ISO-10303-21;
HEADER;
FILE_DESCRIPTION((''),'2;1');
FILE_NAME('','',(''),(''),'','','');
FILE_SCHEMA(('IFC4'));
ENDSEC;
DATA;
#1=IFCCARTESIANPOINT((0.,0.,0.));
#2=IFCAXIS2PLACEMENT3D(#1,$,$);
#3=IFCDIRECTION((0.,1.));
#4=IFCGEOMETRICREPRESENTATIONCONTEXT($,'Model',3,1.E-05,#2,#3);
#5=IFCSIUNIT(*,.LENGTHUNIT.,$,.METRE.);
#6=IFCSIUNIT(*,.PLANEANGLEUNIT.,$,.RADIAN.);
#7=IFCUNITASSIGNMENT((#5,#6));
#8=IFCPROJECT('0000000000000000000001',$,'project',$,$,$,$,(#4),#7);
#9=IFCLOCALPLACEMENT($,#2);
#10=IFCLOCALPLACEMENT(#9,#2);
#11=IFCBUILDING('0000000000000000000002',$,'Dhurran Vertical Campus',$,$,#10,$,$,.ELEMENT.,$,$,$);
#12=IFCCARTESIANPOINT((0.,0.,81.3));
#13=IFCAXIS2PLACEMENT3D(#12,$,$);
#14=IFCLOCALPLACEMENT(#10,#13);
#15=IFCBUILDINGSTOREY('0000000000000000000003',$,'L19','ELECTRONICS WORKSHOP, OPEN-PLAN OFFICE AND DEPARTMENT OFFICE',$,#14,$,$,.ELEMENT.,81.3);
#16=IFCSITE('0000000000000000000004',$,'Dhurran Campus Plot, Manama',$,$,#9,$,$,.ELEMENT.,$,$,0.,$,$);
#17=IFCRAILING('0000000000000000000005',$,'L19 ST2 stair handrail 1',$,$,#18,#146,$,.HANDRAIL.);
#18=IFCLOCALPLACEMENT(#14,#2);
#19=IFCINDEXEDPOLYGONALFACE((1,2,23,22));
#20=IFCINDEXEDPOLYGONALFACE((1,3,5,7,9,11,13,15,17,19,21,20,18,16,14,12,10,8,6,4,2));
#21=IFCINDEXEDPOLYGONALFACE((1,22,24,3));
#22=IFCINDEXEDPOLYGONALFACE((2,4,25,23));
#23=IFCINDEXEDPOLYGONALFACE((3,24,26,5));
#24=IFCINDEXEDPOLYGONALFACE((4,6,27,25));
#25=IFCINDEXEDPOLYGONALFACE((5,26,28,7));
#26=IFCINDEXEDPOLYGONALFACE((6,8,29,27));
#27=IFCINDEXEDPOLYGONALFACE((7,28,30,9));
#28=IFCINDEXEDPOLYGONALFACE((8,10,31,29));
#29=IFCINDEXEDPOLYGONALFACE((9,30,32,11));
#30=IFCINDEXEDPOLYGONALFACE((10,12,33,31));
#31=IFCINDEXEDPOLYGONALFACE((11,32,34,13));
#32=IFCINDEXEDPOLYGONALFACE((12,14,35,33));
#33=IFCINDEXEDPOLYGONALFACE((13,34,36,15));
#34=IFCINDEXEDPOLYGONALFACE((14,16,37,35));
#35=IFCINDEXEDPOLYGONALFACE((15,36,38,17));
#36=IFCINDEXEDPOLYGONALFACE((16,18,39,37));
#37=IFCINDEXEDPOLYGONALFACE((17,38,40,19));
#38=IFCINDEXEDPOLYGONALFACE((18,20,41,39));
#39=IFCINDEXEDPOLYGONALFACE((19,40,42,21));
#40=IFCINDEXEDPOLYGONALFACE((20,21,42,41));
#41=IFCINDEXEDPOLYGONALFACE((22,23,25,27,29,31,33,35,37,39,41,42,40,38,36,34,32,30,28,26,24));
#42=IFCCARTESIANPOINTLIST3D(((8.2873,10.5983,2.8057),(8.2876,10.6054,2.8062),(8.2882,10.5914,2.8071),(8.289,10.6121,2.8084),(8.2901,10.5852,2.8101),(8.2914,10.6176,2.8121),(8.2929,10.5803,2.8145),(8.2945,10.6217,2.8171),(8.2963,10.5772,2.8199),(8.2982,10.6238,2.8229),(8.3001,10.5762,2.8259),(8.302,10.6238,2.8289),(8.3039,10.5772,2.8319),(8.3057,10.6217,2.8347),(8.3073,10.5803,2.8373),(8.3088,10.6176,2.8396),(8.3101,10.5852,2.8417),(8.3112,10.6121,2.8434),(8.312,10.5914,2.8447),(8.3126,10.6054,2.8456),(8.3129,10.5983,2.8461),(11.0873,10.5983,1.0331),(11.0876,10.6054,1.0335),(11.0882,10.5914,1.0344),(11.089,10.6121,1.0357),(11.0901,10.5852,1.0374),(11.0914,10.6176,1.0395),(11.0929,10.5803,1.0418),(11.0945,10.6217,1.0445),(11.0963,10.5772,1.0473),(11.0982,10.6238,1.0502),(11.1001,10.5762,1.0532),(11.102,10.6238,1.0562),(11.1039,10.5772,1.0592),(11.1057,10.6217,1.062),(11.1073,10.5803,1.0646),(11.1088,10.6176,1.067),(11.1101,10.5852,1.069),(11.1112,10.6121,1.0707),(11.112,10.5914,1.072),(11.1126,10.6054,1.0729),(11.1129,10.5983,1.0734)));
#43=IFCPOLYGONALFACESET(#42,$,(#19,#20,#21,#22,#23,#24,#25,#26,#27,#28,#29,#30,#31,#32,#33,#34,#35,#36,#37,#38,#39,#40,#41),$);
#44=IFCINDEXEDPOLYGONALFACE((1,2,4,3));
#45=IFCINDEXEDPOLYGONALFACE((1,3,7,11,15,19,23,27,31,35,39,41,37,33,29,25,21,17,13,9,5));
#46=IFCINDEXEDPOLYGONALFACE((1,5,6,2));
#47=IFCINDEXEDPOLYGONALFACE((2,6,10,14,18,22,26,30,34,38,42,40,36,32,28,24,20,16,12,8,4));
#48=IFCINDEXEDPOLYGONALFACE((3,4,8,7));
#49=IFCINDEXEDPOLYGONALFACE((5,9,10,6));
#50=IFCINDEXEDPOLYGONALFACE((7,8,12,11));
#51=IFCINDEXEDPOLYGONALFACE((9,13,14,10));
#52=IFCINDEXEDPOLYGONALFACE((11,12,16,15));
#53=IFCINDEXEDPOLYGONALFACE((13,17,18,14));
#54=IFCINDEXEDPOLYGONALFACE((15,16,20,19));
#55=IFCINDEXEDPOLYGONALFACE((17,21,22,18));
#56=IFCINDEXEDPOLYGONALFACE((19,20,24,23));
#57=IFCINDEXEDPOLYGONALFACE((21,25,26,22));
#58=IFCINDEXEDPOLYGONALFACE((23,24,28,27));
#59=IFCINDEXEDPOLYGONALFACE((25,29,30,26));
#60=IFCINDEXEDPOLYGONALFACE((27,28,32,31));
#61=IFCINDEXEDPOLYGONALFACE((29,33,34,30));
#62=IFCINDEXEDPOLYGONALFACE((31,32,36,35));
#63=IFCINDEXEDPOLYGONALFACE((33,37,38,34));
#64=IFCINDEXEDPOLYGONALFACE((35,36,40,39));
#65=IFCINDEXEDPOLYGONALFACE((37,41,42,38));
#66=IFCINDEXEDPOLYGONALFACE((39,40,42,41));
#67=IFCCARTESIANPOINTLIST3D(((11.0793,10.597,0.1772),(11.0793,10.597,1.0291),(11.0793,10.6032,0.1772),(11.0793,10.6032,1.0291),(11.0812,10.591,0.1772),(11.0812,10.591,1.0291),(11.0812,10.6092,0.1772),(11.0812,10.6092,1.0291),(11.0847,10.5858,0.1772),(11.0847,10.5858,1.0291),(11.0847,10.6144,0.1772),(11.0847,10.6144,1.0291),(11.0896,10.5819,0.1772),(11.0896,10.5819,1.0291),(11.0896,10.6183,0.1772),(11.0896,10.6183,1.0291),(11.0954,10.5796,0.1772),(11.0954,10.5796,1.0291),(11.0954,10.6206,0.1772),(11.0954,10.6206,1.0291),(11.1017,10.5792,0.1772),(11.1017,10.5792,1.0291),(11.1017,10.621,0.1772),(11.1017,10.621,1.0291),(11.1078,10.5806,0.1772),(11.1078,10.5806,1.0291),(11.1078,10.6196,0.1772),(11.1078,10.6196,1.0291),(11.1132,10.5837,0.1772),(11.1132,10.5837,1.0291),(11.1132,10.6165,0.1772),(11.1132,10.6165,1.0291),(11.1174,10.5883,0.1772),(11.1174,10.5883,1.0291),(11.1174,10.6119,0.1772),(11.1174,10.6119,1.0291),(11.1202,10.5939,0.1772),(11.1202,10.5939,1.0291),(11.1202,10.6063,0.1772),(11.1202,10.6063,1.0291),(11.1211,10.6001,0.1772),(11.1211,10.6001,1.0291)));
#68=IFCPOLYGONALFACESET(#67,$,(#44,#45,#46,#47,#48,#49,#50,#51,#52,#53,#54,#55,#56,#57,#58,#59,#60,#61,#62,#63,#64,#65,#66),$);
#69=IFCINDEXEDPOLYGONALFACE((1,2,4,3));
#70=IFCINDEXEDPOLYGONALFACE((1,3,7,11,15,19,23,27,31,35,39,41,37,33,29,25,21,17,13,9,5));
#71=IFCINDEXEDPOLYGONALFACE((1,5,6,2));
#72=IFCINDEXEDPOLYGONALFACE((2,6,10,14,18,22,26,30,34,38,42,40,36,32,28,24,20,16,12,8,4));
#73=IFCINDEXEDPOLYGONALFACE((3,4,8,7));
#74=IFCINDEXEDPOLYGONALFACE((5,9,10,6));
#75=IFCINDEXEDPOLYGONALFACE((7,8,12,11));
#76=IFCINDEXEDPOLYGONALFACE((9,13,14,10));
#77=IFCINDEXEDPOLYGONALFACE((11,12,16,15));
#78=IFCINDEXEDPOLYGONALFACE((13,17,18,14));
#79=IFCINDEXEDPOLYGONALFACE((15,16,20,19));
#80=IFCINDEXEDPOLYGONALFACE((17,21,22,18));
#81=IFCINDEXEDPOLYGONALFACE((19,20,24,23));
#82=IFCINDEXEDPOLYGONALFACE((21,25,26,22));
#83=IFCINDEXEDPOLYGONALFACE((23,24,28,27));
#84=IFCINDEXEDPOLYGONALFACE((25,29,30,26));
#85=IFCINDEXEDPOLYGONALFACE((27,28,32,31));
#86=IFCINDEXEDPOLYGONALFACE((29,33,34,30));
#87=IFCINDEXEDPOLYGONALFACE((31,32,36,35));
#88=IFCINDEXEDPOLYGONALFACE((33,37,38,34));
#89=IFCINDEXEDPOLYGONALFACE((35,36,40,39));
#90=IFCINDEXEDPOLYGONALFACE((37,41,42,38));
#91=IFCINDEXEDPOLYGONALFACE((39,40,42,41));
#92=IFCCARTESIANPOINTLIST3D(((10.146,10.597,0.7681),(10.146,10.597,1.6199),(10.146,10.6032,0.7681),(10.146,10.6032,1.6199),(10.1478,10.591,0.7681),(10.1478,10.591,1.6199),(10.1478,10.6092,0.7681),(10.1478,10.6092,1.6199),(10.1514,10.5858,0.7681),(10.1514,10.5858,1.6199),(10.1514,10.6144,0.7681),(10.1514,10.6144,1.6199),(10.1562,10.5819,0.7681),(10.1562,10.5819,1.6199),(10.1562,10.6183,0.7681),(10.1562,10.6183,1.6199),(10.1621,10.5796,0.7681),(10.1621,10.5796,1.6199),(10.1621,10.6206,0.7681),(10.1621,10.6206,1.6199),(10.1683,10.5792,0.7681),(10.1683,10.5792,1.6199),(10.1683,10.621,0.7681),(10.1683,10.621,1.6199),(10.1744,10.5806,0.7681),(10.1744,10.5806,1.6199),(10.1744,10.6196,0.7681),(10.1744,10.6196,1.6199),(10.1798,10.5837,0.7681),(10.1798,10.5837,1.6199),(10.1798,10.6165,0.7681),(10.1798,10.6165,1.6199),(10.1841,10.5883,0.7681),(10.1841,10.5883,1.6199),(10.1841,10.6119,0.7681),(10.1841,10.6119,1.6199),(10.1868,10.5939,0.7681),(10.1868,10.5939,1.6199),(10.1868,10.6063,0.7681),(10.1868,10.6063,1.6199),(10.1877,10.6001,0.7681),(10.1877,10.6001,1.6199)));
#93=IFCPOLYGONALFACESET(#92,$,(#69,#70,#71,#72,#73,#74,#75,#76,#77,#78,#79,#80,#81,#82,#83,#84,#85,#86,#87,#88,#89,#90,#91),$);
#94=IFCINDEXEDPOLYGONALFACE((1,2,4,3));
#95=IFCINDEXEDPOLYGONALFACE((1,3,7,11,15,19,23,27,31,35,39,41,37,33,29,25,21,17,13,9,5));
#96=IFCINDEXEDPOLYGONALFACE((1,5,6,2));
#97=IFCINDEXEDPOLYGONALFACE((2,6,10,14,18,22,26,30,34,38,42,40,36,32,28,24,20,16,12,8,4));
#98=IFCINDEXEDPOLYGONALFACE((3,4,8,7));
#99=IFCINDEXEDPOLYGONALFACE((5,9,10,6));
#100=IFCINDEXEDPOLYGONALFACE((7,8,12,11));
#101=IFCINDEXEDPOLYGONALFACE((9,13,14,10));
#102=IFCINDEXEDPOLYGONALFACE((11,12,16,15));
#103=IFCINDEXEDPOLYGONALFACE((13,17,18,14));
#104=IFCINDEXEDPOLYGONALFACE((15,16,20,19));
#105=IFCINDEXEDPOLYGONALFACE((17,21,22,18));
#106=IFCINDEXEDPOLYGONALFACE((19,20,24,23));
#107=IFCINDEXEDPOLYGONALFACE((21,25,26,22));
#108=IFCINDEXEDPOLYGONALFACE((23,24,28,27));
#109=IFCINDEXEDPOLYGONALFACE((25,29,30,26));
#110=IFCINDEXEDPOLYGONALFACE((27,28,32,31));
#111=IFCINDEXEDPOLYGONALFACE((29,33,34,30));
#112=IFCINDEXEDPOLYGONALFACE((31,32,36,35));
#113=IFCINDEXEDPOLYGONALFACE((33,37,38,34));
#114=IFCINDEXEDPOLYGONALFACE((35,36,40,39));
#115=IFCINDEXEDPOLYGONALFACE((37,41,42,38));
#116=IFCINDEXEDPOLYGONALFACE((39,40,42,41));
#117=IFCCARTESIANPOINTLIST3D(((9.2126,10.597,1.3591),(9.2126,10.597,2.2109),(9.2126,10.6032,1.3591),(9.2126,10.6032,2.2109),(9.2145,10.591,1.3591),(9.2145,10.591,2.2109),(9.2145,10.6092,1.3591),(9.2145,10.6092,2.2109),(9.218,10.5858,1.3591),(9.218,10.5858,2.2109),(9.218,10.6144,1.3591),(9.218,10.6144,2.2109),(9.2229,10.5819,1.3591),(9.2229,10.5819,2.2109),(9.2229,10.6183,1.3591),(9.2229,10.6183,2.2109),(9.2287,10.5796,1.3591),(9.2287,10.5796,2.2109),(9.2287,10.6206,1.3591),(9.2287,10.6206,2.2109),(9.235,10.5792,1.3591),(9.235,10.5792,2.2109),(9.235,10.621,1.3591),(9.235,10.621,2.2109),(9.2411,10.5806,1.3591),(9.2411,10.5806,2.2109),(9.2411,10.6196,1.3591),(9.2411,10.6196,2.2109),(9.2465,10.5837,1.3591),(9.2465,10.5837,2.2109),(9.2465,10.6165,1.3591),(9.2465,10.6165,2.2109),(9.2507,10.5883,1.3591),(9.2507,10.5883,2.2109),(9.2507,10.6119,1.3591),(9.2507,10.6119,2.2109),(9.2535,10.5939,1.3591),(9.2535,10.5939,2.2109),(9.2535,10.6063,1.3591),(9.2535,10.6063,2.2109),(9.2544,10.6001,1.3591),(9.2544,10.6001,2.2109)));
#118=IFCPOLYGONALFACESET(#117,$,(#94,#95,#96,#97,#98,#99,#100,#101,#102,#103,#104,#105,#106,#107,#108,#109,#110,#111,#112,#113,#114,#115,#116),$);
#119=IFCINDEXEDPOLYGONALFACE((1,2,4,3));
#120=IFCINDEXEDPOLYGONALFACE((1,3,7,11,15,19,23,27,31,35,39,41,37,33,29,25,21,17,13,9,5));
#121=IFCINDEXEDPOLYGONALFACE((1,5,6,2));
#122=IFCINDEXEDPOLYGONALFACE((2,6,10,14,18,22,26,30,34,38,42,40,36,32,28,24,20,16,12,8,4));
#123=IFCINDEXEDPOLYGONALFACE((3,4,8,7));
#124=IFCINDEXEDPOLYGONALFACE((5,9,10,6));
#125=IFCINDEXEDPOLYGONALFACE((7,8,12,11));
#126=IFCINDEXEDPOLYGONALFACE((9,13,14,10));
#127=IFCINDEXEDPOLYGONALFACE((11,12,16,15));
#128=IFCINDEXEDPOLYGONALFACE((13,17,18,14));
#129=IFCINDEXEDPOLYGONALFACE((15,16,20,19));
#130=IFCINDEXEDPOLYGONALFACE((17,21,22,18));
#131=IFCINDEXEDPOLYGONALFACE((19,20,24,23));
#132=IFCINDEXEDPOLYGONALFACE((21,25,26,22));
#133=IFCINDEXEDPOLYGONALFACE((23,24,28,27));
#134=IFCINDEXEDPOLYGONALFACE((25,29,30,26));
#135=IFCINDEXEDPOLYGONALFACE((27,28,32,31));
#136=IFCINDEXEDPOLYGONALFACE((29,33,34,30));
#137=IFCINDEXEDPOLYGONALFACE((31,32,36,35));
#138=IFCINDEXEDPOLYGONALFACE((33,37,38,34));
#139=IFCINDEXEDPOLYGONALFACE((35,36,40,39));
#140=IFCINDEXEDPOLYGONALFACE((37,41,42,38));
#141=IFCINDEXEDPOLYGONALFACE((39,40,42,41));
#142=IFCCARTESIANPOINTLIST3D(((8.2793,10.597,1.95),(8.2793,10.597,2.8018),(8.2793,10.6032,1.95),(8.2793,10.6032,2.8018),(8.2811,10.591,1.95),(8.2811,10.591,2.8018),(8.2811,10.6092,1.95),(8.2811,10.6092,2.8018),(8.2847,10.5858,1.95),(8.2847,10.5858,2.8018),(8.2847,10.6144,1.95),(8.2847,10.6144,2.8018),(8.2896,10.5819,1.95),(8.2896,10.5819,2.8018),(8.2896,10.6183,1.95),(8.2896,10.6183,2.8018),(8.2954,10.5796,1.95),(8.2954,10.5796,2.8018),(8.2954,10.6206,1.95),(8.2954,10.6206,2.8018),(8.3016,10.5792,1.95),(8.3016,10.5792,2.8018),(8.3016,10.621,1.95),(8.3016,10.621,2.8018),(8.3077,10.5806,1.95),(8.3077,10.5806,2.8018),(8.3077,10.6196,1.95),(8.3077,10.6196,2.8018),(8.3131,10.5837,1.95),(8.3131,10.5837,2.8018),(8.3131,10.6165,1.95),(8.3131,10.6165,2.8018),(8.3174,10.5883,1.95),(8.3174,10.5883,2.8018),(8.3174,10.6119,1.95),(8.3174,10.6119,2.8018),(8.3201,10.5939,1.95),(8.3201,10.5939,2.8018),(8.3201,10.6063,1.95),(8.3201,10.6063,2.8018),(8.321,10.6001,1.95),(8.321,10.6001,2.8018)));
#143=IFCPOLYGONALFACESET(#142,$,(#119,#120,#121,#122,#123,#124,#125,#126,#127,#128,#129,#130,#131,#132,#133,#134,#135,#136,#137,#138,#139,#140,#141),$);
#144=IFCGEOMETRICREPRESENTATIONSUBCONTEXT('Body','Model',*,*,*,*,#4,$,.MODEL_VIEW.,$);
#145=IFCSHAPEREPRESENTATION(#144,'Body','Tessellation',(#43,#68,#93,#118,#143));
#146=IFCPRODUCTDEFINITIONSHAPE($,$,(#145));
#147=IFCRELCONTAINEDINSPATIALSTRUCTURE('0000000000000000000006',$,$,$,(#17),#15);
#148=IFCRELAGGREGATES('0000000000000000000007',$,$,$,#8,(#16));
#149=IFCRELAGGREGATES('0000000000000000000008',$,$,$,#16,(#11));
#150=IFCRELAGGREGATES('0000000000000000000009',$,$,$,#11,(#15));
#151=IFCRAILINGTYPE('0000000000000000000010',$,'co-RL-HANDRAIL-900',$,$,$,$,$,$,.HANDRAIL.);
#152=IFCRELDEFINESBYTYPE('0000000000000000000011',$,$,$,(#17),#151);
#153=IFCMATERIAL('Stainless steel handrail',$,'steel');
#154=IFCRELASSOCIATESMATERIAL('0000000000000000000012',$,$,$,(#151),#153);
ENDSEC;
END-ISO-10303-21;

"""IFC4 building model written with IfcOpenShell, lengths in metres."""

from ifc_helpers import new_model, si_unit, direction, frame, origin, origin_2d, place, context, subcontext, project, spatial, circle, extrude, material, type_object, element, save


model = new_model("IFC4")

# Units and contexts
model_context = context("Model", 3, precision=1e-05, world=origin(), true_north=direction((0.0, 1.0)))
body_context = subcontext(model_context, "Body", "Model", "MODEL_VIEW")
ifc_project = project(units=[si_unit("LENGTHUNIT", "METRE"), si_unit("PLANEANGLEUNIT", "RADIAN")], contexts=[model_context])

# Site, building, storey
site_placement = place(None, origin())
site = spatial("IfcSite", under=ifc_project, at=site_placement, Name="Dhurran Campus Plot, Manama", CompositionType="ELEMENT", RefElevation=0.0)
building_placement = place(site_placement, origin())
building = spatial("IfcBuilding", under=site, at=building_placement, Name="Dhurran Vertical Campus", CompositionType="ELEMENT")
storey_placement = place(building_placement, frame((0.0, 0.0, 81.3)))
storey = spatial("IfcBuildingStorey", under=building, at=storey_placement, Name="L19", Description="ELECTRONICS WORKSHOP, OPEN-PLAN OFFICE AND DEPARTMENT OFFICE", CompositionType="ELEMENT", Elevation=81.3)

# Railing
ifc_material_1 = material(Name="Stainless steel handrail", Category="steel")
railing_type_1 = type_object("IfcRailingType", Name="co-RL-HANDRAIL-900", PredefinedType="HANDRAIL", material=ifc_material_1)
railing_1_placement = place(storey_placement, frame((11.1001, 10.6001, 0.1772)))
element("IfcRailing", 1, at=railing_1_placement, inside=storey, type_object=railing_type_1, Name="L19 ST2 stair handrail 1", PredefinedType="HANDRAIL", context=body_context, shape_type="SweptSolid", body=[
    extrude(circle(Radius=0.0239, at=origin_2d()), frame((0.0, 0.0, 0.876), z_axis=(-0.844909, 0.0, 0.53491), x_axis=(0.0, -1.0, 0.0)), (0.0, 0.0, 1.0), 3.314),
    extrude(circle(Radius=0.021, at=origin_2d()), origin(), (0.0, 0.0, 1.0), 0.8518),
    extrude(circle(Radius=0.021, at=origin_2d()), frame((-0.9333, 0.0, 0.5908)), (0.0, 0.0, 1.0), 0.8518),
    extrude(circle(Radius=0.021, at=origin_2d()), frame((-1.8667, 0.0, 1.1819)), (0.0, 0.0, 1.0), 0.8518),
    extrude(circle(Radius=0.021, at=origin_2d()), frame((-2.8, 0.0, 1.7727)), (0.0, 0.0, 1.0), 0.8518),
])

save(model, "model.ifc")
